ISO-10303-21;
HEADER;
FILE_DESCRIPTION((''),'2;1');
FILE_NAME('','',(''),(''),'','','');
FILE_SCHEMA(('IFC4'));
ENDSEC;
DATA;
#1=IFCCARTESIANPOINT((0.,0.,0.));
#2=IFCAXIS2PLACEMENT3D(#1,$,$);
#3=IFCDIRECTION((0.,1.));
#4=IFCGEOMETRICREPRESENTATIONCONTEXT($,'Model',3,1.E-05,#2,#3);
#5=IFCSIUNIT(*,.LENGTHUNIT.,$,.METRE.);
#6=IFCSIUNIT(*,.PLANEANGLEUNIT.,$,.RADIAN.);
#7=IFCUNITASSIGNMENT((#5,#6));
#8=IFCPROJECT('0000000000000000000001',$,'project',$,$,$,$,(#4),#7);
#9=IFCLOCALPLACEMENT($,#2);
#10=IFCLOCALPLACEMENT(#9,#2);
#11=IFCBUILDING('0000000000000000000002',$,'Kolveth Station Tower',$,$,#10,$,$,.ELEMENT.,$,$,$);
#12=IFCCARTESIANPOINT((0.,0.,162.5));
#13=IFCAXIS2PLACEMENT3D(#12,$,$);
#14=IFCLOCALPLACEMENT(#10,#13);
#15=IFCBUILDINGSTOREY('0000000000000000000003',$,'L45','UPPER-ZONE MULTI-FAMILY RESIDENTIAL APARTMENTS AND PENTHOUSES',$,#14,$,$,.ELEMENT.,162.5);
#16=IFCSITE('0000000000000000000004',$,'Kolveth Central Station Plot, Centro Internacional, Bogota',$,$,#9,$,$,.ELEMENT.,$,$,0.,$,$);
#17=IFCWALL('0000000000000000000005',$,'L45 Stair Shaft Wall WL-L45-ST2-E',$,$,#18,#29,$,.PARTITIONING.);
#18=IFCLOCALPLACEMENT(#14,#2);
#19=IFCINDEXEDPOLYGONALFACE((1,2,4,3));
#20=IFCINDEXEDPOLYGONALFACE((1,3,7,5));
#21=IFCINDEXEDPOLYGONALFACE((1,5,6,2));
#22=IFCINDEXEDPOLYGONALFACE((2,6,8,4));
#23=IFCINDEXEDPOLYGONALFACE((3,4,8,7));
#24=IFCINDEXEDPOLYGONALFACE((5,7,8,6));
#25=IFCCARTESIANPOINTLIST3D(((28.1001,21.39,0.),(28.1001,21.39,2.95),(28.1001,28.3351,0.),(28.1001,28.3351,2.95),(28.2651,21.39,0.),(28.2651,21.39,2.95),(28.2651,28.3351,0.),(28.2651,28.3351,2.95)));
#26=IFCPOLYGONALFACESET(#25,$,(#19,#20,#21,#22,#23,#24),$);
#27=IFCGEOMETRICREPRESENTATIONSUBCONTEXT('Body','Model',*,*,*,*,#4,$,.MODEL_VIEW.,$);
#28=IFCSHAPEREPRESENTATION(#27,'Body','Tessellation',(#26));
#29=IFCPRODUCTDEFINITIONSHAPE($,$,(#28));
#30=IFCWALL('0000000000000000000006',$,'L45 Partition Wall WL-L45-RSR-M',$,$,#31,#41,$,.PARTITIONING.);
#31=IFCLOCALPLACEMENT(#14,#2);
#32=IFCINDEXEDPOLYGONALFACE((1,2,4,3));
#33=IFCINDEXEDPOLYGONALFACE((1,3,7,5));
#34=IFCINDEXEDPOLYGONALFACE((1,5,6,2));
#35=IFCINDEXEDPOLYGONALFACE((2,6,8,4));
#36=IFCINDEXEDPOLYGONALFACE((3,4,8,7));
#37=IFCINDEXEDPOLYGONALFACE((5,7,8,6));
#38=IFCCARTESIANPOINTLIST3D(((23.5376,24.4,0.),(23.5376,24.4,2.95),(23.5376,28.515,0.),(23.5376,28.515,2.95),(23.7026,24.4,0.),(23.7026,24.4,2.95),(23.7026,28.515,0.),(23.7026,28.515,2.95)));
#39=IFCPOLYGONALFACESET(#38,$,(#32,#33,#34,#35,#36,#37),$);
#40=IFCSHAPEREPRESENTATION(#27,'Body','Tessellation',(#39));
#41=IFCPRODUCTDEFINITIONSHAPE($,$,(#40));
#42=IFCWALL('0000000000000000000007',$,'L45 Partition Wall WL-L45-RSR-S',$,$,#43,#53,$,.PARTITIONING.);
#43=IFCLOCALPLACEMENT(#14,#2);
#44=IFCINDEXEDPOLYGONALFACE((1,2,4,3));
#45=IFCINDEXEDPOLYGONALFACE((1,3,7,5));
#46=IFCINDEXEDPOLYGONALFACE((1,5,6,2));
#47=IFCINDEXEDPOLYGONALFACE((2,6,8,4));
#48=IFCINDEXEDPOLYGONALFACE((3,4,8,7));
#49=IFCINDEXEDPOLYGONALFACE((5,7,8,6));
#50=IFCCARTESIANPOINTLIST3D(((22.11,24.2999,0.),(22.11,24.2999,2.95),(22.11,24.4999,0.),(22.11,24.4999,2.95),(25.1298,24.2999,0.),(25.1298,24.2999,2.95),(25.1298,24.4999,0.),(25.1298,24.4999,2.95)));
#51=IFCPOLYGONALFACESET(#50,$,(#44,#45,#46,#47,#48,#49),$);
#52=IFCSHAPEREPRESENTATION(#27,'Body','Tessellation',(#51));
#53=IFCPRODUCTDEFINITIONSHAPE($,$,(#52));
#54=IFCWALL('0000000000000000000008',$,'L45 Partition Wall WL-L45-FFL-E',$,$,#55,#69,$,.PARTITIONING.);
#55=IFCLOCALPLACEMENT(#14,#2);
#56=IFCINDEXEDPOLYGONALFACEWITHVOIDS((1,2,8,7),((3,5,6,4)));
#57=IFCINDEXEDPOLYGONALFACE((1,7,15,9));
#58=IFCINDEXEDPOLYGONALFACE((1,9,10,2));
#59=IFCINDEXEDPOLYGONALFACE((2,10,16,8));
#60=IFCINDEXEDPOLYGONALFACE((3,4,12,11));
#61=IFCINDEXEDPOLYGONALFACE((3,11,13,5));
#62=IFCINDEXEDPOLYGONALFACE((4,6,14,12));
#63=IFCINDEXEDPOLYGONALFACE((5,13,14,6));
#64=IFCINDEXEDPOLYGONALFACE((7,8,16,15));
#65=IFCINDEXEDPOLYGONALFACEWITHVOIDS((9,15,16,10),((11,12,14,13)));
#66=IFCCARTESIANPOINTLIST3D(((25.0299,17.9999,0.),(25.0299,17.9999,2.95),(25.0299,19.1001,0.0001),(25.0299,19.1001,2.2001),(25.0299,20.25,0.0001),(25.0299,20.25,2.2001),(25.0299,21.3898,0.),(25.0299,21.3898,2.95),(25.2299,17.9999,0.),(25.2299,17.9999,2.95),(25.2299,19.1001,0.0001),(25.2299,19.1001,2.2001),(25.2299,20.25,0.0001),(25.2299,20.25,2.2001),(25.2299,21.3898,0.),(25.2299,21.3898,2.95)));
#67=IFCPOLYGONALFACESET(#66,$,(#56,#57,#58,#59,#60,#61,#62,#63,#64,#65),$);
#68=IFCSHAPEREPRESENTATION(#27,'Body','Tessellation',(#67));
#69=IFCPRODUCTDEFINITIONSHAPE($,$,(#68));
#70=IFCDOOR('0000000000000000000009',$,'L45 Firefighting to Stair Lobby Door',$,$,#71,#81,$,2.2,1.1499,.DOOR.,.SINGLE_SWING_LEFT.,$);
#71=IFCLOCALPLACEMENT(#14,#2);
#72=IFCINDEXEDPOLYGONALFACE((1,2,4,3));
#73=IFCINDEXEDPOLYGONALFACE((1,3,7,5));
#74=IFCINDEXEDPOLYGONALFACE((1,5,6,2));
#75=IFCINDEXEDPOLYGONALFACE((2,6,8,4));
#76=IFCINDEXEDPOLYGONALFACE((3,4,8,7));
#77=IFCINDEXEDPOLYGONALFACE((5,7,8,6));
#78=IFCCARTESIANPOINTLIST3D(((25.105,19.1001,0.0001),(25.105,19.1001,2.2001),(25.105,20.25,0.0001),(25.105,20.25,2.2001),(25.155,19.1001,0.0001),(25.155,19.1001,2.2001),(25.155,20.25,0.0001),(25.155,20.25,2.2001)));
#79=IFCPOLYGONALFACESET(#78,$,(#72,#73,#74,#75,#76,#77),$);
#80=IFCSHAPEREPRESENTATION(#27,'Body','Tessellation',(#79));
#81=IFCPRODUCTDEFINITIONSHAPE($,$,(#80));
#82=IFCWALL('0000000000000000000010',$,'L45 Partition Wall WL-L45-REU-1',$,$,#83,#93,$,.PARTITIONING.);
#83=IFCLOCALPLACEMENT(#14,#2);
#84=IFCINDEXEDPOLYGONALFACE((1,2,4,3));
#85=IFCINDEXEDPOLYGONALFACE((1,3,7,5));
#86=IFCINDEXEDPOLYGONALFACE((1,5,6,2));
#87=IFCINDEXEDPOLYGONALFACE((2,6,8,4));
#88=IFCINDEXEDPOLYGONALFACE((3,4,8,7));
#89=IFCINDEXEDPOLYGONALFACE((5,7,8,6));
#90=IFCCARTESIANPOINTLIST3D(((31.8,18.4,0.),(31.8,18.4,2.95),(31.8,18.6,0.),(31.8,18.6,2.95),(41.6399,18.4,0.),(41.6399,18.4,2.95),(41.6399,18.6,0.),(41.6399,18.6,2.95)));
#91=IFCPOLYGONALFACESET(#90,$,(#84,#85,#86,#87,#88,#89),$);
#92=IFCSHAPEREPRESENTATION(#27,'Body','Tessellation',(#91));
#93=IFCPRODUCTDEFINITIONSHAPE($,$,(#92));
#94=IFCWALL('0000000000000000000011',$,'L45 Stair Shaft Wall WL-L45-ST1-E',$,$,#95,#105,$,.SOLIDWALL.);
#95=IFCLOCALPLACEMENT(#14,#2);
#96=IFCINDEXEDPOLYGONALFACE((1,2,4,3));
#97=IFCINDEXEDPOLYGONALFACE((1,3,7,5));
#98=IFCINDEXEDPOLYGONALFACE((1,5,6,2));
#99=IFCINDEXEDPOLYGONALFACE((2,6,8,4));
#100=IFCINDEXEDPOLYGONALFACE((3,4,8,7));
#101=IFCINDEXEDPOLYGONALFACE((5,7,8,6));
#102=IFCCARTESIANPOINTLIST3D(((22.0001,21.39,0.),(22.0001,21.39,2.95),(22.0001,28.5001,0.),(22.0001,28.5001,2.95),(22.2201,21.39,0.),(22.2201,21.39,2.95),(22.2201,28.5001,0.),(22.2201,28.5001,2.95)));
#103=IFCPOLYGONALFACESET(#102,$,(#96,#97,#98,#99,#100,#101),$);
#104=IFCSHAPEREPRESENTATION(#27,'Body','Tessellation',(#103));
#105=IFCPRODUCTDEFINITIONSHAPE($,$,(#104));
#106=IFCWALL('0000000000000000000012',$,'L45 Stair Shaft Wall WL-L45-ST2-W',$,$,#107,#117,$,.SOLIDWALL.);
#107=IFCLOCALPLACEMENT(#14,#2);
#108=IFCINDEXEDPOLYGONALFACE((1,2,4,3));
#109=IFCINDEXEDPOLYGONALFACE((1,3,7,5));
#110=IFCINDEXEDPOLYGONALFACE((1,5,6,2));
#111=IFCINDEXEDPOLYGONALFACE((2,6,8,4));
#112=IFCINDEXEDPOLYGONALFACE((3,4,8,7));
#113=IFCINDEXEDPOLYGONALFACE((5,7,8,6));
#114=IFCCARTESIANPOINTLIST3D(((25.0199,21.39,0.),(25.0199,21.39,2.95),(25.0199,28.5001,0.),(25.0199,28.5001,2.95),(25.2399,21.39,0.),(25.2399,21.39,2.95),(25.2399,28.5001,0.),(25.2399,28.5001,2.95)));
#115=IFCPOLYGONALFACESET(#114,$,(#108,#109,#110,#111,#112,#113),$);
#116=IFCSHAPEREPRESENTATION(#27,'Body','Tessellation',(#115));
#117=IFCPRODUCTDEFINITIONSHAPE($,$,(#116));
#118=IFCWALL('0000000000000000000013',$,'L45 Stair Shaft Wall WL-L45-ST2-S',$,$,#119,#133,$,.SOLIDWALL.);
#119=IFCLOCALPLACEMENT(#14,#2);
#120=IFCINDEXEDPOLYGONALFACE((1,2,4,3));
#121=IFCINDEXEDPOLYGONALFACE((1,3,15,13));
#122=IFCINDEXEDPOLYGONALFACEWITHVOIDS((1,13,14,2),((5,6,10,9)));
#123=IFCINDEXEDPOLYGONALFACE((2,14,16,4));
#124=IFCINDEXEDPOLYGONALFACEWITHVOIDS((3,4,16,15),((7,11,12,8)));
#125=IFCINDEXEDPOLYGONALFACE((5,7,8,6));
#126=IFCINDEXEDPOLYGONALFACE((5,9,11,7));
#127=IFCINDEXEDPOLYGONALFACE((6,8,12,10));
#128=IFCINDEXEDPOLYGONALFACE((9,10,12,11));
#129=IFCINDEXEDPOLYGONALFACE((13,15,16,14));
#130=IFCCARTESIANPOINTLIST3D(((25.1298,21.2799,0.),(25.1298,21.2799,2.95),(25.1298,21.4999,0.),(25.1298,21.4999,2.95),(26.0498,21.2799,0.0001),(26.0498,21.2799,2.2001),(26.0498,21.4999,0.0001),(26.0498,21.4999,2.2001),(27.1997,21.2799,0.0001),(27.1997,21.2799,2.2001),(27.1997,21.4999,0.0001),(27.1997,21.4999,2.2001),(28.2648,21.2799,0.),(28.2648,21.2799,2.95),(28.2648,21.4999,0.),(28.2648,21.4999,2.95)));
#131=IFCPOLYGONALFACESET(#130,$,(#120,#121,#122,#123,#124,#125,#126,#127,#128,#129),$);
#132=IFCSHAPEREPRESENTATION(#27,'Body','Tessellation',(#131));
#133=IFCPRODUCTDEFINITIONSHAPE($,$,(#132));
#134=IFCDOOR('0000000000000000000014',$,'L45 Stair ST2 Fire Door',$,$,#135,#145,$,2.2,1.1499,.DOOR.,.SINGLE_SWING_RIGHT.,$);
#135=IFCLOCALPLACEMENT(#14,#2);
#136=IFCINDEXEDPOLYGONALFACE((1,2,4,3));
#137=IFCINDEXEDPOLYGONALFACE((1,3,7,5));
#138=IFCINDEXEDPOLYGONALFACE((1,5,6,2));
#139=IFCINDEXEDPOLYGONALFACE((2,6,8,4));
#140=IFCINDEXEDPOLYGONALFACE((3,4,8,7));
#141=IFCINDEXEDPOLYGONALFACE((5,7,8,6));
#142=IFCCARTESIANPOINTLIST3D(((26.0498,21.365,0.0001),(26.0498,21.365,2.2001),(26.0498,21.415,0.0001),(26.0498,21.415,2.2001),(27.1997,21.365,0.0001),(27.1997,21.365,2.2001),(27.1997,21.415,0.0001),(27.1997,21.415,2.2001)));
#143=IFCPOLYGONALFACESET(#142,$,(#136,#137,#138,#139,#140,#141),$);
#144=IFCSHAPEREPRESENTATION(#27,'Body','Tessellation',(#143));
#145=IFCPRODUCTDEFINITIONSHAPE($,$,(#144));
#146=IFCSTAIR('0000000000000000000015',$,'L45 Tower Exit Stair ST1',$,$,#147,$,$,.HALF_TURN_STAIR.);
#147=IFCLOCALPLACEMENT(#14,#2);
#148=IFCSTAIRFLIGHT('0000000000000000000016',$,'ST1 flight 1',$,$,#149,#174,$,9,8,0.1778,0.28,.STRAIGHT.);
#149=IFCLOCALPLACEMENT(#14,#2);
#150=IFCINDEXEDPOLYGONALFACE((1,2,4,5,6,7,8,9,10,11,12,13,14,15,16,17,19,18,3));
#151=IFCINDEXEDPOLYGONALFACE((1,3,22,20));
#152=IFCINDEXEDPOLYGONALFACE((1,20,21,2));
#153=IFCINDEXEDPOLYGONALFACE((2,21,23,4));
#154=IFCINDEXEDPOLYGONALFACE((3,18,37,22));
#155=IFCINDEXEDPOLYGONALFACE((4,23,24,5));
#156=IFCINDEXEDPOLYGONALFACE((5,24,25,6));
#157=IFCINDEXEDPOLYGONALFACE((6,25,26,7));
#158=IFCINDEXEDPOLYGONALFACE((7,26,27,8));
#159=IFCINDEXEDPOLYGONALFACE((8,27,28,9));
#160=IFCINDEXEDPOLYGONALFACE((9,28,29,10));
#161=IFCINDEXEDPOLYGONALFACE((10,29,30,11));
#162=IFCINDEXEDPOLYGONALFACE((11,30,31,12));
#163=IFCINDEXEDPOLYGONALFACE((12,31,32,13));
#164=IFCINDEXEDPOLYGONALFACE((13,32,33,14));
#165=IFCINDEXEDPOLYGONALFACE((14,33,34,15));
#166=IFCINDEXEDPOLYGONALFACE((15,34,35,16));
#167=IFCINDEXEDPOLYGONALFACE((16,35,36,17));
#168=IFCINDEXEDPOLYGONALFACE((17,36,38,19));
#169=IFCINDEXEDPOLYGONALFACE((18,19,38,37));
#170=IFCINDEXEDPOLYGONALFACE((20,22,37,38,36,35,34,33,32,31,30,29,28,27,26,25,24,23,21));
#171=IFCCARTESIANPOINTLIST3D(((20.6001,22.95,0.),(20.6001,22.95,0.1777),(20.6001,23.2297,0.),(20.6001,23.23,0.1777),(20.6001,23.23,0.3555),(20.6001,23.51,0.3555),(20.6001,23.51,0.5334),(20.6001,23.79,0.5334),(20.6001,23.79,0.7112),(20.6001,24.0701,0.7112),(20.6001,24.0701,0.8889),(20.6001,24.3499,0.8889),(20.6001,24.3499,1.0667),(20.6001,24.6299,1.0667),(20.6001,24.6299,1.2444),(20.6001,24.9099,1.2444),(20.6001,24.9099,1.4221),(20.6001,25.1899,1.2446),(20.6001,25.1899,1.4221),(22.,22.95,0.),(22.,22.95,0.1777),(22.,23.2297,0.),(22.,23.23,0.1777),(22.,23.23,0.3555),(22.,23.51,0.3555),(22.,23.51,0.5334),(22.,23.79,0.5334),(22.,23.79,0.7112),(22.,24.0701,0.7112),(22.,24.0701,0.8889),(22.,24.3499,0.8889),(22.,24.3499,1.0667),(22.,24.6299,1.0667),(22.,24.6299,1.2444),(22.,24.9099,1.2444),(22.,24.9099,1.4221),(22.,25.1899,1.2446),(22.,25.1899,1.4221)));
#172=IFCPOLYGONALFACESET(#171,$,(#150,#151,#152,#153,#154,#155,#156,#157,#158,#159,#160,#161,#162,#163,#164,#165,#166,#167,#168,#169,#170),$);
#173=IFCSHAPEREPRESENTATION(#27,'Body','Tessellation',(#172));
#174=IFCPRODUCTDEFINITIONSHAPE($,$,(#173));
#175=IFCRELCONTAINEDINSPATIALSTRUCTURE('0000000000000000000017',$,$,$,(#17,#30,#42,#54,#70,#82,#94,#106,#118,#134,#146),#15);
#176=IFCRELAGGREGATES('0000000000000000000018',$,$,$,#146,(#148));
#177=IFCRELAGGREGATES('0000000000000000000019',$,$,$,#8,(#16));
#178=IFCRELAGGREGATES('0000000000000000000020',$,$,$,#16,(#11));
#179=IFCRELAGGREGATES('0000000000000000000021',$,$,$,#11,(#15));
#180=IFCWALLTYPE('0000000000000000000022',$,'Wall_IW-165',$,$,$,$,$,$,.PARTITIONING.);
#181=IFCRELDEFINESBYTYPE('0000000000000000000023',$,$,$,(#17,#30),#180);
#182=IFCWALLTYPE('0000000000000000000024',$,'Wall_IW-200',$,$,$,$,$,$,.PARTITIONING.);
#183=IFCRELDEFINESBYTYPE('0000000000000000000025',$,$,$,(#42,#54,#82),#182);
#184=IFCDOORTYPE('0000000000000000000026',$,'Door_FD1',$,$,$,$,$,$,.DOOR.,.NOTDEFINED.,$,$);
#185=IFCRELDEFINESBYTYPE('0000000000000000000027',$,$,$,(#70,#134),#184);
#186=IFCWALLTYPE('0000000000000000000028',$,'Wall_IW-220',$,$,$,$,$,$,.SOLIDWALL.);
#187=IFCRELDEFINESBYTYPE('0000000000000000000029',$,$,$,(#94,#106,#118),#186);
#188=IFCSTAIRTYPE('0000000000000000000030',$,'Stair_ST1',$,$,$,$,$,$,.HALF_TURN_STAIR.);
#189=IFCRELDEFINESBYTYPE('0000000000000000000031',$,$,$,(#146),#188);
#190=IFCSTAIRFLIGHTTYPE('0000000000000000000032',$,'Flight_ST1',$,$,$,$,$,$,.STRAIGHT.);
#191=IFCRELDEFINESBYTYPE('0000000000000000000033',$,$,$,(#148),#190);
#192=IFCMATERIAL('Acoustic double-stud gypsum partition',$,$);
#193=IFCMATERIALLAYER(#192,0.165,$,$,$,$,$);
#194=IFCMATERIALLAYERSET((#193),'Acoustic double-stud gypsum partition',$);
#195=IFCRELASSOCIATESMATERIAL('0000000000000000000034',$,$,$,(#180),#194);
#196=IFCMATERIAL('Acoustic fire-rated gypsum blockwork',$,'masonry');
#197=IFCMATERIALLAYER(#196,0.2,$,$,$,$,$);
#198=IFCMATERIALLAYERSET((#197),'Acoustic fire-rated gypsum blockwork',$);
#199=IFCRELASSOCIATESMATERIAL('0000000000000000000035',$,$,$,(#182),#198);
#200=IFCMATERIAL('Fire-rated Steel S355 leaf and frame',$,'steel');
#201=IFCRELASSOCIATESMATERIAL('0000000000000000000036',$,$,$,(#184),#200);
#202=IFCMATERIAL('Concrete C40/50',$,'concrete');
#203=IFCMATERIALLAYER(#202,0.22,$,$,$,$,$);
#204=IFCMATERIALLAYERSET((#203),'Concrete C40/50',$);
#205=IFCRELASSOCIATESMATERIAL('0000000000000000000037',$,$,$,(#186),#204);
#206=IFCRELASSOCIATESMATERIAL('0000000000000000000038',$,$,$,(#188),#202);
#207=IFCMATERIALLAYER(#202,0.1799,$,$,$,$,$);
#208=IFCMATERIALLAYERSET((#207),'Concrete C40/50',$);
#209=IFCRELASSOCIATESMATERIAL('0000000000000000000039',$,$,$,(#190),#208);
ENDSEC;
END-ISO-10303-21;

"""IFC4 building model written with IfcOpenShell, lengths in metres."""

from ifc_helpers import new_model, si_unit, direction, frame, frame_2d, origin, place, context, subcontext, project, spatial, polyline, rectangle, outline, extrude, material, layer, layer_set, type_object, element, fill, aggregate, save


model = new_model("IFC4")

# Units and contexts
model_context = context("Model", 3, precision=1e-05, world=origin(), true_north=direction((0.0, 1.0)))
body_context = subcontext(model_context, "Body", "Model", "MODEL_VIEW")
ifc_project = project(units=[si_unit("LENGTHUNIT", "METRE"), si_unit("PLANEANGLEUNIT", "RADIAN")], contexts=[model_context])

# Site, building, storey
site_placement = place(None, origin())
site = spatial("IfcSite", under=ifc_project, at=site_placement, Name="Kolveth Central Station Plot, Centro Internacional, Bogota", CompositionType="ELEMENT", RefElevation=0.0)
building_placement = place(site_placement, origin())
building = spatial("IfcBuilding", under=site, at=building_placement, Name="Kolveth Station Tower", CompositionType="ELEMENT")
storey_placement = place(building_placement, frame((0.0, 0.0, 162.5)))
storey = spatial("IfcBuildingStorey", under=building, at=storey_placement, Name="L45", Description="UPPER-ZONE MULTI-FAMILY RESIDENTIAL APARTMENTS AND PENTHOUSES", CompositionType="ELEMENT", Elevation=162.5)

# Walls
ifc_material_1 = material(Name="Acoustic double-stud gypsum partition")
ifc_layer_1 = layer(ifc_material_1, 0.165)
ifc_layer_set_1 = layer_set([ifc_layer_1], Name="Acoustic double-stud gypsum partition")
wall_type_1 = type_object("IfcWallType", Name="Wall_IW-165", PredefinedType="PARTITIONING", material=ifc_layer_set_1)
wall_1_placement = place(storey_placement, frame((28.1826, 21.3899, 0.0), z_axis=(0.0, 0.0, 1.0), x_axis=(0.0, 1.0, 0.0)))
element("IfcWall", 1, at=wall_1_placement, inside=storey, type_object=wall_type_1, Name="L45 Stair Shaft Wall WL-L45-ST2-E", PredefinedType="PARTITIONING", context=body_context, shape_type="SweptSolid", body=[
    extrude(rectangle(XDim=6.9451, YDim=0.165, at=frame_2d((3.4727, 0.0))), origin(), (0.0, 0.0, 1.0), 2.95),
])
wall_2_placement = place(storey_placement, frame((23.6201, 24.3999, 0.0), z_axis=(0.0, 0.0, 1.0), x_axis=(0.0, 1.0, 0.0)))
element("IfcWall", 2, at=wall_2_placement, inside=storey, type_object=wall_type_1, Name="L45 Partition Wall WL-L45-RSR-M", PredefinedType="PARTITIONING", context=body_context, shape_type="SweptSolid", body=[
    extrude(rectangle(XDim=4.115, YDim=0.165, at=frame_2d((2.0576, 0.0))), origin(), (0.0, 0.0, 1.0), 2.95),
])
ifc_material_2 = material(Name="Acoustic fire-rated gypsum blockwork", Category="masonry")
ifc_layer_2 = layer(ifc_material_2, 0.2)
ifc_layer_set_2 = layer_set([ifc_layer_2], Name="Acoustic fire-rated gypsum blockwork")
wall_type_2 = type_object("IfcWallType", Name="Wall_IW-200", PredefinedType="PARTITIONING", material=ifc_layer_set_2)
wall_3_placement = place(storey_placement, frame((22.1101, 24.3999, 0.0), z_axis=(0.0, 0.0, 1.0), x_axis=(1.0, 0.0, 0.0)))
element("IfcWall", 3, at=wall_3_placement, inside=storey, type_object=wall_type_2, Name="L45 Partition Wall WL-L45-RSR-S", PredefinedType="PARTITIONING", context=body_context, shape_type="SweptSolid", body=[
    extrude(rectangle(XDim=3.0198, YDim=0.2, at=frame_2d((1.5098, 0.0))), origin(), (0.0, 0.0, 1.0), 2.95),
])

# Wall, opening, door
wall_4_placement = place(storey_placement, frame((25.1299, 18.0, 0.0), z_axis=(0.0, 0.0, 1.0), x_axis=(0.0, 1.0, 0.0)))
wall_4 = element("IfcWall", 4, at=wall_4_placement, inside=storey, type_object=wall_type_2, Name="L45 Partition Wall WL-L45-FFL-E", PredefinedType="PARTITIONING", context=body_context, shape_type="SweptSolid", body=[
    extrude(rectangle(XDim=3.3899, YDim=0.2, at=frame_2d((1.6948, 0.0))), origin(), (0.0, 0.0, 1.0), 2.95),
])
opening_1_placement = place(wall_4_placement, frame((1.1001, 0.0, 0.0)))
opening_1 = element("IfcOpeningElement", 5, at=opening_1_placement, cuts=wall_4, PredefinedType="OPENING", context=body_context, shape_type="SweptSolid", body=[
    extrude(rectangle(XDim=1.1499, YDim=2.2, at=frame_2d((0.575, 1.1001))), frame((0.0, 0.1099, 0.0), z_axis=(0.0, -1.0, 0.0), x_axis=(1.0, 0.0, 0.0)), (0.0, 0.0, 1.0), 0.22),
])
ifc_material_3 = material(Name="Fire-rated Steel S355 leaf and frame", Category="steel")
door_type = type_object("IfcDoorType", Name="Door_FD1", OperationType="NOTDEFINED", PredefinedType="DOOR", material=ifc_material_3)
door_1_placement = place(opening_1_placement, origin())
door_1 = element("IfcDoor", 6, at=door_1_placement, inside=storey, type_object=door_type, Name="L45 Firefighting to Stair Lobby Door", OperationType="SINGLE_SWING_LEFT", OverallHeight=2.2, OverallWidth=1.1499, PredefinedType="DOOR", context=body_context, shape_type="SweptSolid", body=[
    extrude(rectangle(XDim=1.1499, YDim=2.2, at=frame_2d((0.575, 1.1001))), frame((0.0, 0.0249, 0.0), z_axis=(0.0, -1.0, 0.0), x_axis=(1.0, 0.0, 0.0)), (0.0, 0.0, 1.0), 0.05),
])
fill(opening_1, door_1)

# Walls
wall_5_placement = place(storey_placement, frame((31.8, 18.5, 0.0), z_axis=(0.0, 0.0, 1.0), x_axis=(1.0, 0.0, 0.0)))
element("IfcWall", 7, at=wall_5_placement, inside=storey, type_object=wall_type_2, Name="L45 Partition Wall WL-L45-REU-1", PredefinedType="PARTITIONING", context=body_context, shape_type="SweptSolid", body=[
    extrude(rectangle(XDim=9.8398, YDim=0.2, at=frame_2d((4.9199, 0.0))), origin(), (0.0, 0.0, 1.0), 2.95),
])
ifc_material_4 = material(Name="Concrete C40/50", Category="concrete")
ifc_layer_3 = layer(ifc_material_4, 0.22)
ifc_layer_set_3 = layer_set([ifc_layer_3], Name="Concrete C40/50")
wall_type_3 = type_object("IfcWallType", Name="Wall_IW-220", PredefinedType="SOLIDWALL", material=ifc_layer_set_3)
for number, where, z_axis, x_axis, name in (
    (8, (22.1101, 21.3899, 0.0), (0.0, 0.0, 1.0), (0.0, 1.0, 0.0), "L45 Stair Shaft Wall WL-L45-ST1-E"),
    (9, (25.1299, 21.3899, 0.0), (0.0, 0.0, 1.0), (0.0, 1.0, 0.0), "L45 Stair Shaft Wall WL-L45-ST2-W"),
):
    element("IfcWall", number, at=place(storey_placement, frame(where, z_axis=z_axis, x_axis=x_axis)), inside=storey, type_object=wall_type_3, Name=name, PredefinedType="SOLIDWALL", context=body_context, shape_type="SweptSolid", body=[
        extrude(rectangle(XDim=7.1101, YDim=0.22, at=frame_2d((3.5552, 0.0))), origin(), (0.0, 0.0, 1.0), 2.95),
    ])

# Wall, opening, door
wall_6_placement = place(storey_placement, frame((25.1299, 21.3899, 0.0), z_axis=(0.0, 0.0, 1.0), x_axis=(1.0, 0.0, 0.0)))
wall_6 = element("IfcWall", 10, at=wall_6_placement, inside=storey, type_object=wall_type_3, Name="L45 Stair Shaft Wall WL-L45-ST2-S", PredefinedType="SOLIDWALL", context=body_context, shape_type="SweptSolid", body=[
    extrude(rectangle(XDim=3.135, YDim=0.22, at=frame_2d((1.5674, 0.0))), origin(), (0.0, 0.0, 1.0), 2.95),
])
opening_2_placement = place(wall_6_placement, frame((0.9199, 0.0, 0.0)))
opening_2 = element("IfcOpeningElement", 11, at=opening_2_placement, cuts=wall_6, PredefinedType="OPENING", context=body_context, shape_type="SweptSolid", body=[
    extrude(rectangle(XDim=1.1499, YDim=2.2, at=frame_2d((0.575, 1.1001))), frame((0.0, 0.1199, 0.0), z_axis=(0.0, -1.0, 0.0), x_axis=(1.0, 0.0, 0.0)), (0.0, 0.0, 1.0), 0.24),
])
door_2_placement = place(opening_2_placement, frame((1.1499, 0.0, 0.0), z_axis=(0.0, 0.0, 1.0), x_axis=(-1.0, 0.0, 0.0)))
door_2 = element("IfcDoor", 12, at=door_2_placement, inside=storey, type_object=door_type, Name="L45 Stair ST2 Fire Door", OperationType="SINGLE_SWING_RIGHT", OverallHeight=2.2, OverallWidth=1.1499, PredefinedType="DOOR", context=body_context, shape_type="SweptSolid", body=[
    extrude(rectangle(XDim=1.1499, YDim=2.2, at=frame_2d((0.575, 1.1001))), frame((0.0, 0.0249, 0.0), z_axis=(0.0, -1.0, 0.0), x_axis=(1.0, 0.0, 0.0)), (0.0, 0.0, 1.0), 0.05),
])
fill(opening_2, door_2)

# Stair, stair flight
stair_type_1 = type_object("IfcStairType", Name="Stair_ST1", PredefinedType="HALF_TURN_STAIR", material=ifc_material_4)
stair_1_placement = place(storey_placement, origin())
stair_1 = element("IfcStair", 13, at=stair_1_placement, inside=storey, type_object=stair_type_1, Name="L45 Tower Exit Stair ST1", PredefinedType="HALF_TURN_STAIR")
ifc_layer_4 = layer(ifc_material_4, 0.1799)
ifc_layer_set_4 = layer_set([ifc_layer_4], Name="Concrete C40/50")
stair_flight_type_1 = type_object("IfcStairFlightType", Name="Flight_ST1", PredefinedType="STRAIGHT", material=ifc_layer_set_4)
stair_flight_1_placement = place(storey_placement, frame((21.3, 22.95, 0.0), z_axis=(0.0, 0.0, 1.0), x_axis=(0.0, 1.0, 0.0)))
stair_flight_1 = element("IfcStairFlight", 14, at=stair_flight_1_placement, type_object=stair_flight_type_1, Name="ST1 flight 1", NumberOfRisers=9, NumberOfTreads=8, PredefinedType="STRAIGHT", RiserHeight=0.1778, TreadLength=0.28, context=body_context, shape_type="SweptSolid", body=[
    extrude(outline(polyline([(0.0, 0.0), (0.0, 0.1777), (0.28, 0.1777), (0.28, 0.3555), (0.5601, 0.3555), (0.5601, 0.5334), (0.8401, 0.5334), (0.8401, 0.7112), (1.1201, 0.7112), (1.1201, 0.8889), (1.3999, 0.8889), (1.3999, 1.0667), (1.6799, 1.0667), (1.6799, 1.2444), (1.96, 1.2444), (1.96, 1.4221), (2.24, 1.4221), (2.24, 1.6001), (2.24, 1.2446), (0.2798, 0.0), (0.0, 0.0)])), frame((0.0, 0.7, 0.0), z_axis=(0.0, -1.0, 0.0), x_axis=(1.0, 0.0, 0.0)), (0.0, 0.0, 1.0), 1.3999),
])
aggregate(stair_1, [stair_flight_1])

save(model, "model.ifc")
